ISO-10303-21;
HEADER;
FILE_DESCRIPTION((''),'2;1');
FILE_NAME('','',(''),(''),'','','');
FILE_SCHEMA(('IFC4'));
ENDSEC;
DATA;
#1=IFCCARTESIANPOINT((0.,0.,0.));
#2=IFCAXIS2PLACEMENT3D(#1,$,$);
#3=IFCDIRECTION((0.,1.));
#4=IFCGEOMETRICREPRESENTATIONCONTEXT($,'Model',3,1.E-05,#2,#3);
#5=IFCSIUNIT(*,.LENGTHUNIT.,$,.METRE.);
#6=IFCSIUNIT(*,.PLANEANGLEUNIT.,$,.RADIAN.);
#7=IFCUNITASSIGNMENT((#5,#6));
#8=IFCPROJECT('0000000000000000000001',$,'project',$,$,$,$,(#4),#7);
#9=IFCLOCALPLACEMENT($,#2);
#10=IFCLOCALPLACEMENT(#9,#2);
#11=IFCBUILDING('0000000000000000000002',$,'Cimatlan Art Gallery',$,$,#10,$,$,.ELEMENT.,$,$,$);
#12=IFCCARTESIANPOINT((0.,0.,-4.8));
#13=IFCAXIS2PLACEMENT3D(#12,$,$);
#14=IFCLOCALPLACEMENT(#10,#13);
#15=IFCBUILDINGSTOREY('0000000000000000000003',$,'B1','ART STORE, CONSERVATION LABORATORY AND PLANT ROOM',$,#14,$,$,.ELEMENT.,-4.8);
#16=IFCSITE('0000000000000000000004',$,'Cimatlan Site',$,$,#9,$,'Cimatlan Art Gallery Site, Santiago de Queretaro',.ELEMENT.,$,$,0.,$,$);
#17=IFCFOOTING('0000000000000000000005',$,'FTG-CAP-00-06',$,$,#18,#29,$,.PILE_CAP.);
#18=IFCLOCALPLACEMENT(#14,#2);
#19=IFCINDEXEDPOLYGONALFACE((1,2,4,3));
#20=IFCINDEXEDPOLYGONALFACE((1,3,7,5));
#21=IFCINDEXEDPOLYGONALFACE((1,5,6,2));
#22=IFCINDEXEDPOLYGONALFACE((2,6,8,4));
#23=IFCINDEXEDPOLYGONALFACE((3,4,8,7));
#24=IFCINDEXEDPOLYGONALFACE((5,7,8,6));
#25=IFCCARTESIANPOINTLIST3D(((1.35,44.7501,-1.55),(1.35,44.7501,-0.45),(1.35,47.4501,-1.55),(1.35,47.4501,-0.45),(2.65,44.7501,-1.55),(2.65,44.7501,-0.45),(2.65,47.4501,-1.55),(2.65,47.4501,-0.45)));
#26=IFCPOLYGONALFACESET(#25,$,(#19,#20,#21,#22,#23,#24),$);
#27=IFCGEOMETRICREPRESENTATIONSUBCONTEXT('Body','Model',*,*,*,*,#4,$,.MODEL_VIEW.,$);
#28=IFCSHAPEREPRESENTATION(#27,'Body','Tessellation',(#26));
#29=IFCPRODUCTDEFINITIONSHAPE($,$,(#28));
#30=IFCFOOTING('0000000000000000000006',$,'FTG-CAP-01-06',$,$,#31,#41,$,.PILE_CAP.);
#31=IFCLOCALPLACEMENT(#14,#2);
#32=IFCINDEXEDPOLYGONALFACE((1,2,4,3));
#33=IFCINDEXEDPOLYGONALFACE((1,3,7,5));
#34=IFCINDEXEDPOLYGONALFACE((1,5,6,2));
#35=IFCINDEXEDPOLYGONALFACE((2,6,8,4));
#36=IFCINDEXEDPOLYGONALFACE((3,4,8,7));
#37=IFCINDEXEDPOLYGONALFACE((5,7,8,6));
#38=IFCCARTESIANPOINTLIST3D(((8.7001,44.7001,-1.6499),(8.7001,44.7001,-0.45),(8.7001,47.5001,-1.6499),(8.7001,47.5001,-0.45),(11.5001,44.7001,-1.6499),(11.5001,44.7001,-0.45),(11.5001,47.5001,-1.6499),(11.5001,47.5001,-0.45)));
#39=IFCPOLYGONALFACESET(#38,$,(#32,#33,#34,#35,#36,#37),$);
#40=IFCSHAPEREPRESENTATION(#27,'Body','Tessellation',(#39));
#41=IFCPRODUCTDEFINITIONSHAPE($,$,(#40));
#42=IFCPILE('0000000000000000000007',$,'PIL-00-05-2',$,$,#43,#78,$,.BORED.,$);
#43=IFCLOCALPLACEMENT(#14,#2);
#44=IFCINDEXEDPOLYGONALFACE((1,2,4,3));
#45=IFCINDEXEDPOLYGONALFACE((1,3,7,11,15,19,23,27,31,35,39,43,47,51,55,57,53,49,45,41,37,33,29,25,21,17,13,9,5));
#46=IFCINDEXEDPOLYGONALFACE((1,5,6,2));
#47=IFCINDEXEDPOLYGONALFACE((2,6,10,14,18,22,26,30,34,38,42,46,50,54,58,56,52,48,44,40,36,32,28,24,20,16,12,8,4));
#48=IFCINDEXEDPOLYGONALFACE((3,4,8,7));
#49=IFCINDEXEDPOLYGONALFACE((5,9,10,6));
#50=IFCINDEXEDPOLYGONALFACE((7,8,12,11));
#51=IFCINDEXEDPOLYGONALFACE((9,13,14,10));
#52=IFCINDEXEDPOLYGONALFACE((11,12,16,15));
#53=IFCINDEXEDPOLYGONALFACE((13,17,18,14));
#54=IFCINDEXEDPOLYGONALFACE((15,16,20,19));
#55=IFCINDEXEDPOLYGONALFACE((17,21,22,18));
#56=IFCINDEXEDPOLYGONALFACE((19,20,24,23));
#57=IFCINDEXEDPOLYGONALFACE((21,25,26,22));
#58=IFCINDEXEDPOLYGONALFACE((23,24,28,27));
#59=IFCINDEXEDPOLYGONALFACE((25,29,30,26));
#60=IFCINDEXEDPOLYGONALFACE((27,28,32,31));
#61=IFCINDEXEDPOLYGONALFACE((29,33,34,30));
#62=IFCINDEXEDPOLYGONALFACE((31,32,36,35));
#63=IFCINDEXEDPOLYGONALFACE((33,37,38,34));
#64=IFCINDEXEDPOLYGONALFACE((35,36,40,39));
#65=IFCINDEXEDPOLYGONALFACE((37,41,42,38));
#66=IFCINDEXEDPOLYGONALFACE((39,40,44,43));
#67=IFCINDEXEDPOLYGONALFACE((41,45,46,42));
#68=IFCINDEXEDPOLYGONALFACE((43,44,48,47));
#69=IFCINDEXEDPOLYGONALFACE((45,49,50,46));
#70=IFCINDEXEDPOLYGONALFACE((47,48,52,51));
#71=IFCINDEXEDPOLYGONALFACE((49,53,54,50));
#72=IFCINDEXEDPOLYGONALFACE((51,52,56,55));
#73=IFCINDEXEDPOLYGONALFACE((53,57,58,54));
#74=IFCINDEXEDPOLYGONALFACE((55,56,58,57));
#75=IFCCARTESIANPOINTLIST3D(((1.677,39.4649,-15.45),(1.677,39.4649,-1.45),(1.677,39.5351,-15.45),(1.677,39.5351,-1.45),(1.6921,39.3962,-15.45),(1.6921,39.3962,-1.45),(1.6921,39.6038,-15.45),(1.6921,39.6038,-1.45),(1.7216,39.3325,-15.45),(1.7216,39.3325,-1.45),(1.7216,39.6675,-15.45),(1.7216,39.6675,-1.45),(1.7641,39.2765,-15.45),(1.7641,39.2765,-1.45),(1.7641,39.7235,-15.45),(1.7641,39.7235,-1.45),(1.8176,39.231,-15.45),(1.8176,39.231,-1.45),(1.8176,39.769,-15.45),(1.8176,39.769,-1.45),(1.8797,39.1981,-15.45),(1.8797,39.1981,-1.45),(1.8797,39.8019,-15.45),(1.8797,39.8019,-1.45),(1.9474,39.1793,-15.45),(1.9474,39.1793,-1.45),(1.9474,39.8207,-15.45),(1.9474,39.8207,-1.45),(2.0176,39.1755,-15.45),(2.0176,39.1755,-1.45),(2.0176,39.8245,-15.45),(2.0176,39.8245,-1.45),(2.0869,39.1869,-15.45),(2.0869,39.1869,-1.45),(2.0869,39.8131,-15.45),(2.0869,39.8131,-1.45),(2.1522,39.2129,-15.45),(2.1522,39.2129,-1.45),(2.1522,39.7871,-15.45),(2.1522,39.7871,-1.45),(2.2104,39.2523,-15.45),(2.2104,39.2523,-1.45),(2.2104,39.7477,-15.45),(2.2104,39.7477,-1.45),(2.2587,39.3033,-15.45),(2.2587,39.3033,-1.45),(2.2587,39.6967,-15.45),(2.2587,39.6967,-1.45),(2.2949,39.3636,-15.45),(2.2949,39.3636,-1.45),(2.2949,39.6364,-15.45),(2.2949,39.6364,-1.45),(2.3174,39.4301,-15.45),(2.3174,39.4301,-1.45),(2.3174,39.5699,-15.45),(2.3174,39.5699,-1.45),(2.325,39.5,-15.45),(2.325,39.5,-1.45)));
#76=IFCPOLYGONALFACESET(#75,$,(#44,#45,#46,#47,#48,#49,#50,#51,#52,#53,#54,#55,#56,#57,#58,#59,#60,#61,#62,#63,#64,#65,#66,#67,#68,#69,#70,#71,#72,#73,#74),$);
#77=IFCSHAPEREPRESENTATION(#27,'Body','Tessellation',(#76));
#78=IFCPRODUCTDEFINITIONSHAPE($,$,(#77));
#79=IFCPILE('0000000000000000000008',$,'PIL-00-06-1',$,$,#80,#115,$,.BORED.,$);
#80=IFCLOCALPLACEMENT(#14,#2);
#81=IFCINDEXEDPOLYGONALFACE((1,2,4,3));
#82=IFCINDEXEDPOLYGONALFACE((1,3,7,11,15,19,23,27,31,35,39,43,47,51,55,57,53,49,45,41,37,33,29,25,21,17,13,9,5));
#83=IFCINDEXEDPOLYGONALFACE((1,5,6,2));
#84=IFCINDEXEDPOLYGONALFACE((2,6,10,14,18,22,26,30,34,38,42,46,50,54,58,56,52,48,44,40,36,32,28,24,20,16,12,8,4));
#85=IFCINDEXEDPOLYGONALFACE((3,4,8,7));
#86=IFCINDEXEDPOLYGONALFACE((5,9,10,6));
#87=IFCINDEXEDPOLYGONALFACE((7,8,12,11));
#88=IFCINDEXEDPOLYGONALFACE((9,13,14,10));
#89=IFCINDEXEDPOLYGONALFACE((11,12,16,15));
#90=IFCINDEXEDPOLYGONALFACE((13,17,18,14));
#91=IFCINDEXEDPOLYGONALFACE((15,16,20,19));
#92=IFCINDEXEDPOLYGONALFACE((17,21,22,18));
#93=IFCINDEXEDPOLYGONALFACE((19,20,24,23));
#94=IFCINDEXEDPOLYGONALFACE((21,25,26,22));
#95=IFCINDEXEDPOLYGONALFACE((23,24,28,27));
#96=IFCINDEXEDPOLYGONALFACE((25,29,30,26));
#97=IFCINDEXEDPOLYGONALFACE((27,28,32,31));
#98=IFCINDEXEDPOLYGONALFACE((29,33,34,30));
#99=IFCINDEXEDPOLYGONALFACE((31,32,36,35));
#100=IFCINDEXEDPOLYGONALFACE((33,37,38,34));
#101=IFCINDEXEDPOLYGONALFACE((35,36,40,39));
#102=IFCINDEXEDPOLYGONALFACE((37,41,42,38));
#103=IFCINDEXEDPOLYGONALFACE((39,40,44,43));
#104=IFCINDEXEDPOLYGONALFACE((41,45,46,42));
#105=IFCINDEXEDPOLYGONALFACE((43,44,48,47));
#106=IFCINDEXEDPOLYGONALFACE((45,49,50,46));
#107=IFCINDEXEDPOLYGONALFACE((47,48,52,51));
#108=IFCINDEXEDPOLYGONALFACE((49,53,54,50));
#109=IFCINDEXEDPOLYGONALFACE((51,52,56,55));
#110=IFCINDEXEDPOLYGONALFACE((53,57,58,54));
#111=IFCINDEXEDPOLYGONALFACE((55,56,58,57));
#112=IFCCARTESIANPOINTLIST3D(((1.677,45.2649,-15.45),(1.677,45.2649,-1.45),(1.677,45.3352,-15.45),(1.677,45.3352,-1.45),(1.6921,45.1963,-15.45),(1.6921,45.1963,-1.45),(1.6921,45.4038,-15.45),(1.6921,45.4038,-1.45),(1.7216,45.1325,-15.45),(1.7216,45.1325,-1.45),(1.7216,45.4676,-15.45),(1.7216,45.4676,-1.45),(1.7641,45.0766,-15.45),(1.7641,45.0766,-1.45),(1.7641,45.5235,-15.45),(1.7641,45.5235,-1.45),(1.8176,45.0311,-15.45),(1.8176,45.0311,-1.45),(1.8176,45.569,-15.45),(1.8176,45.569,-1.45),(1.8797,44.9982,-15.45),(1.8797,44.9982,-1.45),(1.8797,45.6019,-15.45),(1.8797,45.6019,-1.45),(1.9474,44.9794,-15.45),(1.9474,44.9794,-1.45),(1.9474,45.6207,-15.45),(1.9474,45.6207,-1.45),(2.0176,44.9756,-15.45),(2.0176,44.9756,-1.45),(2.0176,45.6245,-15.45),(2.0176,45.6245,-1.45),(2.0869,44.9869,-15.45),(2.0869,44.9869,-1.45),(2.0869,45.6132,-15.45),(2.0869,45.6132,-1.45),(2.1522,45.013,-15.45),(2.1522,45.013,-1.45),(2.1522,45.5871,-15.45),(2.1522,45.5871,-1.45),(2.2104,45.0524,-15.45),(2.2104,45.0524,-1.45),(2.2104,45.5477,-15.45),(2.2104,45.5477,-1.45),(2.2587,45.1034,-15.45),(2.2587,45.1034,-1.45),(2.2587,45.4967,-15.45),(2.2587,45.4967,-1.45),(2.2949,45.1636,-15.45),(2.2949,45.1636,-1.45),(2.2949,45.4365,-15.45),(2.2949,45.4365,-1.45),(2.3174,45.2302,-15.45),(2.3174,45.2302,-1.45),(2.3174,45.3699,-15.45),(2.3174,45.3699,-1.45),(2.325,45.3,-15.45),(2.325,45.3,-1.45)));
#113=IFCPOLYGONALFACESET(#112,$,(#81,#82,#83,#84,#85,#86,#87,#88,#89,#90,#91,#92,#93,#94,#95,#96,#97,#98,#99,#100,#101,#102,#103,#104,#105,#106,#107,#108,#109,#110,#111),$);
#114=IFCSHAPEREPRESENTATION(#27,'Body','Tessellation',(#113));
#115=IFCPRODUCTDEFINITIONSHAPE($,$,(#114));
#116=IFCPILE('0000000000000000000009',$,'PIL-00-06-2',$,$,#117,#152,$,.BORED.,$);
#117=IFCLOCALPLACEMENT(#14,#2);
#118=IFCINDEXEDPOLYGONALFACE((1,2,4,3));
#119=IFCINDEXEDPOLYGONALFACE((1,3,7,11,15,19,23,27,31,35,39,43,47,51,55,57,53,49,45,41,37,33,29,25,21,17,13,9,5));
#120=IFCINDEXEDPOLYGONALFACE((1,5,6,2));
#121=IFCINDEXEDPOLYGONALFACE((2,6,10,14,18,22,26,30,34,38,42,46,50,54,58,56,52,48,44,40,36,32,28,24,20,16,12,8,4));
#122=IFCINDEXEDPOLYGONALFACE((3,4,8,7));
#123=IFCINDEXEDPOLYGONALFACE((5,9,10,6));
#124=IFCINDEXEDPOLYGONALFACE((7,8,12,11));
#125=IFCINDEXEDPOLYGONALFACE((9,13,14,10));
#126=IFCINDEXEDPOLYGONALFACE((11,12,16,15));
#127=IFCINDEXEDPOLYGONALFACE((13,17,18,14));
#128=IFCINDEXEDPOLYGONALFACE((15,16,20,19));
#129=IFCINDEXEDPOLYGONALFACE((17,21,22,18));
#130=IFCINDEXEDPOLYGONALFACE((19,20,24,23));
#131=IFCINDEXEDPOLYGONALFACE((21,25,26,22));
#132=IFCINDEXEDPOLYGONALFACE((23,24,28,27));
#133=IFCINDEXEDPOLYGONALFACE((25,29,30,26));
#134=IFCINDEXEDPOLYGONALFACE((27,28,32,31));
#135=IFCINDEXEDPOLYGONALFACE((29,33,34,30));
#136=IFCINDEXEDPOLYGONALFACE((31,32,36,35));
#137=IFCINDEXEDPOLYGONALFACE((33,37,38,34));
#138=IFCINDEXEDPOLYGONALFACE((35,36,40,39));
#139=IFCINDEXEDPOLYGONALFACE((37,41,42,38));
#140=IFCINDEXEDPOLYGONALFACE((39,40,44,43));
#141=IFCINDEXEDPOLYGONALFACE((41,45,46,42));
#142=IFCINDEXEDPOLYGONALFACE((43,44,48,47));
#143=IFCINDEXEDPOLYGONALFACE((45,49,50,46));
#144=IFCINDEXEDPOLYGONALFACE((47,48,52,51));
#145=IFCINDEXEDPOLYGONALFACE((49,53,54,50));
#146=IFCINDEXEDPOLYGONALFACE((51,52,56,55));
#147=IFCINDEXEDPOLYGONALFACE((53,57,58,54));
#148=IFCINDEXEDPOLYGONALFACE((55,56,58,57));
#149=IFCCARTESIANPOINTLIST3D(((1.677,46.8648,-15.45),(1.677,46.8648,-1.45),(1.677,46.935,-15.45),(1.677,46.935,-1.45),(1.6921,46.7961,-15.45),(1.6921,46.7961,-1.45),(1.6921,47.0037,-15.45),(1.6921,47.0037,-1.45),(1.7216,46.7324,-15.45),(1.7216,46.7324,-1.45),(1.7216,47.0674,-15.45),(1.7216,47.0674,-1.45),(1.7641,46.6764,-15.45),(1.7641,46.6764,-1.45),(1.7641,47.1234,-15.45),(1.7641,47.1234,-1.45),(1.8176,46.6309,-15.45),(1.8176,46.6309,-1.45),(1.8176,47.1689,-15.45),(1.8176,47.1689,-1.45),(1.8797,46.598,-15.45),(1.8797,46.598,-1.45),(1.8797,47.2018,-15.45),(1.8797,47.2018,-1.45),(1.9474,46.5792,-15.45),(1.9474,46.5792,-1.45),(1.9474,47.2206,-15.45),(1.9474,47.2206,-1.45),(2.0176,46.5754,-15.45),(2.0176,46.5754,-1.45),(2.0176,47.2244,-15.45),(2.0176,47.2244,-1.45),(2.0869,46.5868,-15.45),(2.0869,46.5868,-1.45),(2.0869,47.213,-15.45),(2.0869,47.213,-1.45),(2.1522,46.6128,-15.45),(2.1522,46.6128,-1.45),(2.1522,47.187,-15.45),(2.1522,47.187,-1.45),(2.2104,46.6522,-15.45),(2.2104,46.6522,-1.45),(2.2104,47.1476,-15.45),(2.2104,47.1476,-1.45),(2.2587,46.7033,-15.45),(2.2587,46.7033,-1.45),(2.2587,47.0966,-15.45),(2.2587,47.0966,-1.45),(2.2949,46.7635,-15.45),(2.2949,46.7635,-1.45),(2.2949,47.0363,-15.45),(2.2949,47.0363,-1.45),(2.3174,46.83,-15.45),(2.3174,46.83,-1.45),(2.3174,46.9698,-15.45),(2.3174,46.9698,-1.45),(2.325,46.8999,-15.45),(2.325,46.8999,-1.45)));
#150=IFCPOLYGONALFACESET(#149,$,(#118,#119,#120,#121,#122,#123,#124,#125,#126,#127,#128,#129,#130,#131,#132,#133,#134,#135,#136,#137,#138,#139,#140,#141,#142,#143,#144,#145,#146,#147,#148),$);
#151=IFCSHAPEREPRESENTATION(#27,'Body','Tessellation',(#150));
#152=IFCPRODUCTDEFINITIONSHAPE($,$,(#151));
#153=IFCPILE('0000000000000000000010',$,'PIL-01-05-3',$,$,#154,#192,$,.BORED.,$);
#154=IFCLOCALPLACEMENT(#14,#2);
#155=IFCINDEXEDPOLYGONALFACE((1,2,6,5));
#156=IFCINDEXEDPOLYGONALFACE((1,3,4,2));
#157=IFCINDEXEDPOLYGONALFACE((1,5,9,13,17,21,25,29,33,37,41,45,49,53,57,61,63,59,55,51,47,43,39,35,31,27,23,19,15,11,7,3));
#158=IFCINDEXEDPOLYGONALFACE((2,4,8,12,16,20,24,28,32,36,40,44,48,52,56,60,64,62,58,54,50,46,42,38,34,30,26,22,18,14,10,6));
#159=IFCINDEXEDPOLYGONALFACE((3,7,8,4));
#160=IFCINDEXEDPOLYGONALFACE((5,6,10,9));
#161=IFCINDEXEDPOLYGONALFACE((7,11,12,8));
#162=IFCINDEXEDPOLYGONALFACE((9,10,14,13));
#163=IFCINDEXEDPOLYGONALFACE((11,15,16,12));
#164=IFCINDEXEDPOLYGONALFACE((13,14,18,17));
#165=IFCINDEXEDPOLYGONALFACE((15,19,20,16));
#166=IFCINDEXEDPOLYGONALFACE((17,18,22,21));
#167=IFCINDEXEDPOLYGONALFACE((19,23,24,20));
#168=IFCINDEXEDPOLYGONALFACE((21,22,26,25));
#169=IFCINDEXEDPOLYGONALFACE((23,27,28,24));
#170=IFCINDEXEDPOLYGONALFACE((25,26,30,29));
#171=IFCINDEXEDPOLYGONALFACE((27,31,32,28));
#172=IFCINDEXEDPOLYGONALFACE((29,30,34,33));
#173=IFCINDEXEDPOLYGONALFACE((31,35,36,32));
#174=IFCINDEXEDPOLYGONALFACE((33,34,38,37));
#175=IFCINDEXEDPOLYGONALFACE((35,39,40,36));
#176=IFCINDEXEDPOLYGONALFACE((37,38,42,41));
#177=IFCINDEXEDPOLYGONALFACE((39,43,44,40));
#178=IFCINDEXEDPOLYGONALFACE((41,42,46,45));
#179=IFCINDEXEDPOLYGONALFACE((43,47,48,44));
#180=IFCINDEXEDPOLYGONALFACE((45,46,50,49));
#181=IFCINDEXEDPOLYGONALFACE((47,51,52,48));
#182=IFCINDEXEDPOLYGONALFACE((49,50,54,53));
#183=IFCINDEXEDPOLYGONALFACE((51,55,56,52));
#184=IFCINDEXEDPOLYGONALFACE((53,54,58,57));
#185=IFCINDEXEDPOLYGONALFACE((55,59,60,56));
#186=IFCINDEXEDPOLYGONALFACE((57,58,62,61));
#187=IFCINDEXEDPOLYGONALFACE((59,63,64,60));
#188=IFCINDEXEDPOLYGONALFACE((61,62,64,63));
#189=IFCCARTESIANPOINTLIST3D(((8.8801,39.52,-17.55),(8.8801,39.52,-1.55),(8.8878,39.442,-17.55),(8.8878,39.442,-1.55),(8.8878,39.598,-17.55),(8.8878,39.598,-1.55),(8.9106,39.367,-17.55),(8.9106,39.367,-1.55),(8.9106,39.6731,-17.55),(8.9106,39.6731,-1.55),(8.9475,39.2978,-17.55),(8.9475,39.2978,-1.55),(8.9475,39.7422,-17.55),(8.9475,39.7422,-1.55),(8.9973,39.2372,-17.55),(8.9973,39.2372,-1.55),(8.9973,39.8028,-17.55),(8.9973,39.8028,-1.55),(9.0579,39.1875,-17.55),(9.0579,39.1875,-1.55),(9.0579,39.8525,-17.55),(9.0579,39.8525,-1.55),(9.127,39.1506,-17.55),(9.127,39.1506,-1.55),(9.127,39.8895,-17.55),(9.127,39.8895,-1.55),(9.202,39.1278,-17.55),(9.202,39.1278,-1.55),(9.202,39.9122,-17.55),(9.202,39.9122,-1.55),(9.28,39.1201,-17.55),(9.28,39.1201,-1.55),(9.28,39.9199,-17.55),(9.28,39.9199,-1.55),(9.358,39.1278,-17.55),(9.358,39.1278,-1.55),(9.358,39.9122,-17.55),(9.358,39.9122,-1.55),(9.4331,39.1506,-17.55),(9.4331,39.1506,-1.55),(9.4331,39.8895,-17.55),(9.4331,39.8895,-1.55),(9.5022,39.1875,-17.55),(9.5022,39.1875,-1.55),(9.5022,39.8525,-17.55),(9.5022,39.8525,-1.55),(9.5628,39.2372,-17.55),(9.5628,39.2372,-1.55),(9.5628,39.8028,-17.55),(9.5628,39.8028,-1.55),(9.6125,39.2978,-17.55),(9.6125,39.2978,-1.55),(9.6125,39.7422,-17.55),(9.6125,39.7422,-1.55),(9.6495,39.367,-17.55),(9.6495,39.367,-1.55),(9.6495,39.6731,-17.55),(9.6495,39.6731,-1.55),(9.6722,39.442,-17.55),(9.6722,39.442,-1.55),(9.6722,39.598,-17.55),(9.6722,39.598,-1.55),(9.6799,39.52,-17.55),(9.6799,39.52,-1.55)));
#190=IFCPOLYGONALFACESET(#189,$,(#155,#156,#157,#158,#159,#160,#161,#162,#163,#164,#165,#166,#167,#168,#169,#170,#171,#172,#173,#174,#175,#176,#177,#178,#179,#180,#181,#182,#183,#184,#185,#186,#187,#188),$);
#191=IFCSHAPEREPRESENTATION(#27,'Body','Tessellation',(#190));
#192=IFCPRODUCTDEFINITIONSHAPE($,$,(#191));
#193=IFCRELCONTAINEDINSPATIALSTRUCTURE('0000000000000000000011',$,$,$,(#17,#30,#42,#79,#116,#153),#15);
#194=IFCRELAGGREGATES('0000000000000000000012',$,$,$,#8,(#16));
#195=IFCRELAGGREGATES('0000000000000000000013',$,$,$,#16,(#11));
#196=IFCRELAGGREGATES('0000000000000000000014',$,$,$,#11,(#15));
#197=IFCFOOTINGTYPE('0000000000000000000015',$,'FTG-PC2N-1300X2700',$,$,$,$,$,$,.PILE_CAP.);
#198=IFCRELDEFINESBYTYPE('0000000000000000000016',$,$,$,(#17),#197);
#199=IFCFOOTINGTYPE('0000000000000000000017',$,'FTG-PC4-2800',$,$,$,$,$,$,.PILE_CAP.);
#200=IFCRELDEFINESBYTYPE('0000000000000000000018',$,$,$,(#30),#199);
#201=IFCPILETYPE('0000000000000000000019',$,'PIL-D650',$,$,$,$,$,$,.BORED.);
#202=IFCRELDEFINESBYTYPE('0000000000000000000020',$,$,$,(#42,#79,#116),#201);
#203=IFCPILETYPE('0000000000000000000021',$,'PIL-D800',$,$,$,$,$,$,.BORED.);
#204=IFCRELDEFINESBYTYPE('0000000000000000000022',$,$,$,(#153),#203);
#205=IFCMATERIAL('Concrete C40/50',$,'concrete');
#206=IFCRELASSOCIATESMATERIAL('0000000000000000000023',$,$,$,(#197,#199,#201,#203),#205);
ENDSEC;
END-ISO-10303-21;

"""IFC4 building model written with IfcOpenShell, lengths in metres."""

from ifc_helpers import new_model, si_unit, direction, frame, origin, origin_2d, place, context, subcontext, project, spatial, rectangle, circle, extrude, material, type_object, element, save


model = new_model("IFC4")

# Units and contexts
model_context = context("Model", 3, precision=1e-05, world=origin(), true_north=direction((0.0, 1.0)))
body_context = subcontext(model_context, "Body", "Model", "MODEL_VIEW")
ifc_project = project(units=[si_unit("LENGTHUNIT", "METRE"), si_unit("PLANEANGLEUNIT", "RADIAN")], contexts=[model_context])

# Site, building, storey
site_placement = place(None, origin())
site = spatial("IfcSite", under=ifc_project, at=site_placement, Name="Cimatlan Site", LongName="Cimatlan Art Gallery Site, Santiago de Queretaro", CompositionType="ELEMENT", RefElevation=0.0)
building_placement = place(site_placement, origin())
building = spatial("IfcBuilding", under=site, at=building_placement, Name="Cimatlan Art Gallery", CompositionType="ELEMENT")
storey_placement = place(building_placement, frame((0.0, 0.0, -4.8)))
storey = spatial("IfcBuildingStorey", under=building, at=storey_placement, Name="B1", Description="ART STORE, CONSERVATION LABORATORY AND PLANT ROOM", CompositionType="ELEMENT", Elevation=-4.8)

# Footings
ifc_material_1 = material(Name="Concrete C40/50", Category="concrete")
footing_type_1 = type_object("IfcFootingType", Name="FTG-PC2N-1300X2700", PredefinedType="PILE_CAP", material=ifc_material_1)
footing_1_placement = place(storey_placement, frame((2.0, 46.1001, -1.55), z_axis=(0.0, 0.0, 1.0), x_axis=(1.0, 0.0, 0.0)))
element("IfcFooting", 1, at=footing_1_placement, inside=storey, type_object=footing_type_1, Name="FTG-CAP-00-06", PredefinedType="PILE_CAP", context=body_context, shape_type="SweptSolid", body=[
    extrude(rectangle(XDim=1.3, YDim=2.7, at=origin_2d()), origin(), (0.0, 0.0, 1.0), 1.1001),
])
footing_type_2 = type_object("IfcFootingType", Name="FTG-PC4-2800", PredefinedType="PILE_CAP", material=ifc_material_1)
footing_2_placement = place(storey_placement, frame((10.1001, 46.1001, -1.6499), z_axis=(0.0, 0.0, 1.0), x_axis=(1.0, 0.0, 0.0)))
element("IfcFooting", 2, at=footing_2_placement, inside=storey, type_object=footing_type_2, Name="FTG-CAP-01-06", PredefinedType="PILE_CAP", context=body_context, shape_type="SweptSolid", body=[
    extrude(rectangle(XDim=2.8, YDim=2.8, at=origin_2d()), origin(), (0.0, 0.0, 1.0), 1.2),
])

# Piles
pile_type_1 = type_object("IfcPileType", Name="PIL-D650", PredefinedType="BORED", material=ifc_material_1)
for number, where, z_axis, x_axis, name in (
    (3, (2.0, 39.5, -1.45), (0.0, 0.0, -1.0), (1.0, 0.0, 0.0), "PIL-00-05-2"),
    (4, (2.0, 45.3, -1.45), (0.0, 0.0, -1.0), (1.0, 0.0, 0.0), "PIL-00-06-1"),
    (5, (2.0, 46.8999, -1.45), (0.0, 0.0, -1.0), (1.0, 0.0, 0.0), "PIL-00-06-2"),
):
    element("IfcPile", number, at=place(storey_placement, frame(where, z_axis=z_axis, x_axis=x_axis)), inside=storey, type_object=pile_type_1, Name=name, PredefinedType="BORED", context=body_context, shape_type="SweptSolid", body=[
        extrude(circle(Radius=0.325, at=origin_2d()), origin(), (0.0, 0.0, 1.0), 14.0),
    ])
pile_type_2 = type_object("IfcPileType", Name="PIL-D800", PredefinedType="BORED", material=ifc_material_1)
for number, where, z_axis, x_axis, name in (
    (6, (9.28, 39.52, -1.55), (0.0, 0.0, -1.0), (1.0, 0.0, 0.0), "PIL-01-05-3"),
):
    element("IfcPile", number, at=place(storey_placement, frame(where, z_axis=z_axis, x_axis=x_axis)), inside=storey, type_object=pile_type_2, Name=name, PredefinedType="BORED", context=body_context, shape_type="SweptSolid", body=[
        extrude(circle(Radius=0.3999, at=origin_2d()), origin(), (0.0, 0.0, 1.0), 16.0),
    ])

save(model, "model.ifc")
